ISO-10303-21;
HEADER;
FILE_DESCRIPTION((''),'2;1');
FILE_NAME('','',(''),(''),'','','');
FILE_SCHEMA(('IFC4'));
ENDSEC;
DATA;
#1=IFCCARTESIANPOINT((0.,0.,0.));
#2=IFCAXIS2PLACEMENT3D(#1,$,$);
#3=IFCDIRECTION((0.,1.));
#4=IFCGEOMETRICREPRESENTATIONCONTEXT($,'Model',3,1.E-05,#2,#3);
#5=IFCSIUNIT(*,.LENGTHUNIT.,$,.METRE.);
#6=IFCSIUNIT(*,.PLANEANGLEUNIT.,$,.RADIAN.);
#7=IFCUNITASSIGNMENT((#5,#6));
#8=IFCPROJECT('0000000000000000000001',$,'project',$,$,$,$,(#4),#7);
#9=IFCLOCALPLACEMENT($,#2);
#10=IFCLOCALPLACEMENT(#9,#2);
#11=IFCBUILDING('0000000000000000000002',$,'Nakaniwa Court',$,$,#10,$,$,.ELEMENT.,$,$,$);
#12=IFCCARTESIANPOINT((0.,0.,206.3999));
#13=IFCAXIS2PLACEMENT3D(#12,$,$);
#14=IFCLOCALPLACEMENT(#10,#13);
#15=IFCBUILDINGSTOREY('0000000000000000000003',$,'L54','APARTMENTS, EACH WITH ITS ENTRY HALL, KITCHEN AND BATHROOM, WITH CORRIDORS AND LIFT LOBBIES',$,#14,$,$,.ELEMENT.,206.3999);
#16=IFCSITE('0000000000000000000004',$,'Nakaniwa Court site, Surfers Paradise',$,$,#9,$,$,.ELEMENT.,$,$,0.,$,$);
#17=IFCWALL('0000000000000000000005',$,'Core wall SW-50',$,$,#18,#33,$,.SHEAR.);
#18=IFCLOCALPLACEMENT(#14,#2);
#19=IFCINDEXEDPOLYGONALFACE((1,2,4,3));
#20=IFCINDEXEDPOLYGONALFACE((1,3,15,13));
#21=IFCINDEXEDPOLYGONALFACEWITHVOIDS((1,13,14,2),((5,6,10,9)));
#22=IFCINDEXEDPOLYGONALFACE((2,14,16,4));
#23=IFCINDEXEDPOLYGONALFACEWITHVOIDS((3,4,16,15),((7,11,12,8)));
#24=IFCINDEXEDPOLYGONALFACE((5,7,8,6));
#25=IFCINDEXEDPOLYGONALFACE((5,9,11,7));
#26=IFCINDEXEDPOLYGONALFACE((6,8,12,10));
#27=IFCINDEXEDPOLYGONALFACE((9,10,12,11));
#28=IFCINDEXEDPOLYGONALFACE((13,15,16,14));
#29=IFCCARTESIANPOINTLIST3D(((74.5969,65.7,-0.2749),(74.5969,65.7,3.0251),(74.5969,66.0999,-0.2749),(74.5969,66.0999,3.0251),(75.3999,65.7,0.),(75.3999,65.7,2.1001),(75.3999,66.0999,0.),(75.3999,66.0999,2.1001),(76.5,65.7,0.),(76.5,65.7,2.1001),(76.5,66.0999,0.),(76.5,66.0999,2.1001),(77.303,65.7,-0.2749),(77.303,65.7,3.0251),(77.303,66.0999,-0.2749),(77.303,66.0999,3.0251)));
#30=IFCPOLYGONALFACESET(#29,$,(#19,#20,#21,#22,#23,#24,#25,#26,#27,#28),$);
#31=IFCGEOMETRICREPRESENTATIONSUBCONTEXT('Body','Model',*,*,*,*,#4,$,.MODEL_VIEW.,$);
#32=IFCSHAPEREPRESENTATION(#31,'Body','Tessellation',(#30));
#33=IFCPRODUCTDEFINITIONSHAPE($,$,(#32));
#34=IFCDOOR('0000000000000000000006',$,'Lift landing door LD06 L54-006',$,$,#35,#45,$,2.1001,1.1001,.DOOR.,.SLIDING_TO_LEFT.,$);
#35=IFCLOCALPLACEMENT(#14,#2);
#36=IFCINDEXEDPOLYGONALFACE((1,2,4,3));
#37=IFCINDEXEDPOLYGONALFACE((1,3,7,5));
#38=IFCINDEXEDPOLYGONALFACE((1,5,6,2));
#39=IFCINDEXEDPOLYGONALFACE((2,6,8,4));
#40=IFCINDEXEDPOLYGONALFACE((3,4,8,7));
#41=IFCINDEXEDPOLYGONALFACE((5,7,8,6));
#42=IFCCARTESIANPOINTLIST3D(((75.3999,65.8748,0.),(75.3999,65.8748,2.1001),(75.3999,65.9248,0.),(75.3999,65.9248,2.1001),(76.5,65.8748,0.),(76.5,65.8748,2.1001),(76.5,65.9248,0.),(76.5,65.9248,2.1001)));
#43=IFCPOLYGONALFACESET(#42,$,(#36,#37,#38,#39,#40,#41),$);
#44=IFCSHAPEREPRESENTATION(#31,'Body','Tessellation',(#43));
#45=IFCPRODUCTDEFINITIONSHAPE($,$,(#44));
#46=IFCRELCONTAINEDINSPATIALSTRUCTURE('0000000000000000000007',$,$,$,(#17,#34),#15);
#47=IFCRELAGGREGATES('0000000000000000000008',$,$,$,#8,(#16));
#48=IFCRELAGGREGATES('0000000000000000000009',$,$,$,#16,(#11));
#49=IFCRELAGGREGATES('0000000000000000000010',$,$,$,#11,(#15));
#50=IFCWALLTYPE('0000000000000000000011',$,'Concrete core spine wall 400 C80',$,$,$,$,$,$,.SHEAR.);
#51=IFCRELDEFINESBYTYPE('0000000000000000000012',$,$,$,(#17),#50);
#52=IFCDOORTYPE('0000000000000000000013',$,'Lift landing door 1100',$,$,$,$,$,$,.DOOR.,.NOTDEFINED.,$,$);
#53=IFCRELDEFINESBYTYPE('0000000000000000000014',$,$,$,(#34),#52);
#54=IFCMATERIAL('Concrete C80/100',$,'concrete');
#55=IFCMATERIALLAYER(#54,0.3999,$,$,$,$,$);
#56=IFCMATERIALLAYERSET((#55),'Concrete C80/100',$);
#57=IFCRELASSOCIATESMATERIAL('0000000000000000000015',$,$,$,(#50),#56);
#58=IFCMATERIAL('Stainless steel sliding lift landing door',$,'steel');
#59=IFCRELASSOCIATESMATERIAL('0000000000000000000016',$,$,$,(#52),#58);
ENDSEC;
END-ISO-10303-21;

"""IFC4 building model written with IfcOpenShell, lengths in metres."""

from ifc_helpers import new_model, si_unit, direction, frame, frame_2d, origin, place, context, subcontext, project, spatial, rectangle, extrude, material, layer, layer_set, type_object, element, fill, save


model = new_model("IFC4")

# Units and contexts
model_context = context("Model", 3, precision=1e-05, world=origin(), true_north=direction((0.0, 1.0)))
body_context = subcontext(model_context, "Body", "Model", "MODEL_VIEW")
ifc_project = project(units=[si_unit("LENGTHUNIT", "METRE"), si_unit("PLANEANGLEUNIT", "RADIAN")], contexts=[model_context])

# Site, building, storey
site_placement = place(None, origin())
site = spatial("IfcSite", under=ifc_project, at=site_placement, Name="Nakaniwa Court site, Surfers Paradise", CompositionType="ELEMENT", RefElevation=0.0)
building_placement = place(site_placement, origin())
building = spatial("IfcBuilding", under=site, at=building_placement, Name="Nakaniwa Court", CompositionType="ELEMENT")
storey_placement = place(building_placement, frame((0.0, 0.0, 206.3999)))
storey = spatial("IfcBuildingStorey", under=building, at=storey_placement, Name="L54", Description="APARTMENTS, EACH WITH ITS ENTRY HALL, KITCHEN AND BATHROOM, WITH CORRIDORS AND LIFT LOBBIES", CompositionType="ELEMENT", Elevation=206.3999)

# Shared definitions
ifc_material_1 = material(Name="Concrete C80/100", Category="concrete")

# Wall, opening, door
ifc_layer_1 = layer(ifc_material_1, 0.3999)
ifc_layer_set_1 = layer_set([ifc_layer_1], Name="Concrete C80/100")
wall_type_1 = type_object("IfcWallType", Name="Concrete core spine wall 400 C80", PredefinedType="SHEAR", material=ifc_layer_set_1)
wall_1_placement = place(storey_placement, frame((74.5969, 65.8999, -0.2749), z_axis=(0.0, 0.0, 1.0), x_axis=(1.0, 0.0, 0.0)))
wall_1 = element("IfcWall", 1, at=wall_1_placement, inside=storey, type_object=wall_type_1, Name="Core wall SW-50", PredefinedType="SHEAR", context=body_context, shape_type="SweptSolid", body=[
    extrude(rectangle(XDim=2.7061, YDim=0.3999, at=frame_2d((1.353, 0.0))), origin(), (0.0, 0.0, 1.0), 3.3),
])
opening_1_placement = place(wall_1_placement, frame((0.803, 0.0, 0.2749)))
opening_1 = element("IfcOpeningElement", 2, at=opening_1_placement, cuts=wall_1, PredefinedType="OPENING", context=body_context, shape_type="SweptSolid", body=[
    extrude(rectangle(XDim=1.1001, YDim=2.1001, at=frame_2d((0.55, 1.05))), frame((0.0, 0.21, 0.0), z_axis=(0.0, -1.0, 0.0), x_axis=(1.0, 0.0, 0.0)), (0.0, 0.0, 1.0), 0.4199),
])
ifc_material_2 = material(Name="Stainless steel sliding lift landing door", Category="steel")
door_type_1 = type_object("IfcDoorType", Name="Lift landing door 1100", OperationType="NOTDEFINED", PredefinedType="DOOR", material=ifc_material_2)
door_1_placement = place(opening_1_placement, origin())
door_1 = element("IfcDoor", 3, at=door_1_placement, inside=storey, type_object=door_type_1, Name="Lift landing door LD06 L54-006", OperationType="SLIDING_TO_LEFT", OverallHeight=2.1001, OverallWidth=1.1001, PredefinedType="DOOR", context=body_context, shape_type="SweptSolid", body=[
    extrude(rectangle(XDim=1.1001, YDim=2.1001, at=frame_2d((0.55, 1.05))), frame((0.0, 0.0249, 0.0), z_axis=(0.0, -1.0, 0.0), x_axis=(1.0, 0.0, 0.0)), (0.0, 0.0, 1.0), 0.05),
])
fill(opening_1, door_1)

save(model, "model.ifc")
